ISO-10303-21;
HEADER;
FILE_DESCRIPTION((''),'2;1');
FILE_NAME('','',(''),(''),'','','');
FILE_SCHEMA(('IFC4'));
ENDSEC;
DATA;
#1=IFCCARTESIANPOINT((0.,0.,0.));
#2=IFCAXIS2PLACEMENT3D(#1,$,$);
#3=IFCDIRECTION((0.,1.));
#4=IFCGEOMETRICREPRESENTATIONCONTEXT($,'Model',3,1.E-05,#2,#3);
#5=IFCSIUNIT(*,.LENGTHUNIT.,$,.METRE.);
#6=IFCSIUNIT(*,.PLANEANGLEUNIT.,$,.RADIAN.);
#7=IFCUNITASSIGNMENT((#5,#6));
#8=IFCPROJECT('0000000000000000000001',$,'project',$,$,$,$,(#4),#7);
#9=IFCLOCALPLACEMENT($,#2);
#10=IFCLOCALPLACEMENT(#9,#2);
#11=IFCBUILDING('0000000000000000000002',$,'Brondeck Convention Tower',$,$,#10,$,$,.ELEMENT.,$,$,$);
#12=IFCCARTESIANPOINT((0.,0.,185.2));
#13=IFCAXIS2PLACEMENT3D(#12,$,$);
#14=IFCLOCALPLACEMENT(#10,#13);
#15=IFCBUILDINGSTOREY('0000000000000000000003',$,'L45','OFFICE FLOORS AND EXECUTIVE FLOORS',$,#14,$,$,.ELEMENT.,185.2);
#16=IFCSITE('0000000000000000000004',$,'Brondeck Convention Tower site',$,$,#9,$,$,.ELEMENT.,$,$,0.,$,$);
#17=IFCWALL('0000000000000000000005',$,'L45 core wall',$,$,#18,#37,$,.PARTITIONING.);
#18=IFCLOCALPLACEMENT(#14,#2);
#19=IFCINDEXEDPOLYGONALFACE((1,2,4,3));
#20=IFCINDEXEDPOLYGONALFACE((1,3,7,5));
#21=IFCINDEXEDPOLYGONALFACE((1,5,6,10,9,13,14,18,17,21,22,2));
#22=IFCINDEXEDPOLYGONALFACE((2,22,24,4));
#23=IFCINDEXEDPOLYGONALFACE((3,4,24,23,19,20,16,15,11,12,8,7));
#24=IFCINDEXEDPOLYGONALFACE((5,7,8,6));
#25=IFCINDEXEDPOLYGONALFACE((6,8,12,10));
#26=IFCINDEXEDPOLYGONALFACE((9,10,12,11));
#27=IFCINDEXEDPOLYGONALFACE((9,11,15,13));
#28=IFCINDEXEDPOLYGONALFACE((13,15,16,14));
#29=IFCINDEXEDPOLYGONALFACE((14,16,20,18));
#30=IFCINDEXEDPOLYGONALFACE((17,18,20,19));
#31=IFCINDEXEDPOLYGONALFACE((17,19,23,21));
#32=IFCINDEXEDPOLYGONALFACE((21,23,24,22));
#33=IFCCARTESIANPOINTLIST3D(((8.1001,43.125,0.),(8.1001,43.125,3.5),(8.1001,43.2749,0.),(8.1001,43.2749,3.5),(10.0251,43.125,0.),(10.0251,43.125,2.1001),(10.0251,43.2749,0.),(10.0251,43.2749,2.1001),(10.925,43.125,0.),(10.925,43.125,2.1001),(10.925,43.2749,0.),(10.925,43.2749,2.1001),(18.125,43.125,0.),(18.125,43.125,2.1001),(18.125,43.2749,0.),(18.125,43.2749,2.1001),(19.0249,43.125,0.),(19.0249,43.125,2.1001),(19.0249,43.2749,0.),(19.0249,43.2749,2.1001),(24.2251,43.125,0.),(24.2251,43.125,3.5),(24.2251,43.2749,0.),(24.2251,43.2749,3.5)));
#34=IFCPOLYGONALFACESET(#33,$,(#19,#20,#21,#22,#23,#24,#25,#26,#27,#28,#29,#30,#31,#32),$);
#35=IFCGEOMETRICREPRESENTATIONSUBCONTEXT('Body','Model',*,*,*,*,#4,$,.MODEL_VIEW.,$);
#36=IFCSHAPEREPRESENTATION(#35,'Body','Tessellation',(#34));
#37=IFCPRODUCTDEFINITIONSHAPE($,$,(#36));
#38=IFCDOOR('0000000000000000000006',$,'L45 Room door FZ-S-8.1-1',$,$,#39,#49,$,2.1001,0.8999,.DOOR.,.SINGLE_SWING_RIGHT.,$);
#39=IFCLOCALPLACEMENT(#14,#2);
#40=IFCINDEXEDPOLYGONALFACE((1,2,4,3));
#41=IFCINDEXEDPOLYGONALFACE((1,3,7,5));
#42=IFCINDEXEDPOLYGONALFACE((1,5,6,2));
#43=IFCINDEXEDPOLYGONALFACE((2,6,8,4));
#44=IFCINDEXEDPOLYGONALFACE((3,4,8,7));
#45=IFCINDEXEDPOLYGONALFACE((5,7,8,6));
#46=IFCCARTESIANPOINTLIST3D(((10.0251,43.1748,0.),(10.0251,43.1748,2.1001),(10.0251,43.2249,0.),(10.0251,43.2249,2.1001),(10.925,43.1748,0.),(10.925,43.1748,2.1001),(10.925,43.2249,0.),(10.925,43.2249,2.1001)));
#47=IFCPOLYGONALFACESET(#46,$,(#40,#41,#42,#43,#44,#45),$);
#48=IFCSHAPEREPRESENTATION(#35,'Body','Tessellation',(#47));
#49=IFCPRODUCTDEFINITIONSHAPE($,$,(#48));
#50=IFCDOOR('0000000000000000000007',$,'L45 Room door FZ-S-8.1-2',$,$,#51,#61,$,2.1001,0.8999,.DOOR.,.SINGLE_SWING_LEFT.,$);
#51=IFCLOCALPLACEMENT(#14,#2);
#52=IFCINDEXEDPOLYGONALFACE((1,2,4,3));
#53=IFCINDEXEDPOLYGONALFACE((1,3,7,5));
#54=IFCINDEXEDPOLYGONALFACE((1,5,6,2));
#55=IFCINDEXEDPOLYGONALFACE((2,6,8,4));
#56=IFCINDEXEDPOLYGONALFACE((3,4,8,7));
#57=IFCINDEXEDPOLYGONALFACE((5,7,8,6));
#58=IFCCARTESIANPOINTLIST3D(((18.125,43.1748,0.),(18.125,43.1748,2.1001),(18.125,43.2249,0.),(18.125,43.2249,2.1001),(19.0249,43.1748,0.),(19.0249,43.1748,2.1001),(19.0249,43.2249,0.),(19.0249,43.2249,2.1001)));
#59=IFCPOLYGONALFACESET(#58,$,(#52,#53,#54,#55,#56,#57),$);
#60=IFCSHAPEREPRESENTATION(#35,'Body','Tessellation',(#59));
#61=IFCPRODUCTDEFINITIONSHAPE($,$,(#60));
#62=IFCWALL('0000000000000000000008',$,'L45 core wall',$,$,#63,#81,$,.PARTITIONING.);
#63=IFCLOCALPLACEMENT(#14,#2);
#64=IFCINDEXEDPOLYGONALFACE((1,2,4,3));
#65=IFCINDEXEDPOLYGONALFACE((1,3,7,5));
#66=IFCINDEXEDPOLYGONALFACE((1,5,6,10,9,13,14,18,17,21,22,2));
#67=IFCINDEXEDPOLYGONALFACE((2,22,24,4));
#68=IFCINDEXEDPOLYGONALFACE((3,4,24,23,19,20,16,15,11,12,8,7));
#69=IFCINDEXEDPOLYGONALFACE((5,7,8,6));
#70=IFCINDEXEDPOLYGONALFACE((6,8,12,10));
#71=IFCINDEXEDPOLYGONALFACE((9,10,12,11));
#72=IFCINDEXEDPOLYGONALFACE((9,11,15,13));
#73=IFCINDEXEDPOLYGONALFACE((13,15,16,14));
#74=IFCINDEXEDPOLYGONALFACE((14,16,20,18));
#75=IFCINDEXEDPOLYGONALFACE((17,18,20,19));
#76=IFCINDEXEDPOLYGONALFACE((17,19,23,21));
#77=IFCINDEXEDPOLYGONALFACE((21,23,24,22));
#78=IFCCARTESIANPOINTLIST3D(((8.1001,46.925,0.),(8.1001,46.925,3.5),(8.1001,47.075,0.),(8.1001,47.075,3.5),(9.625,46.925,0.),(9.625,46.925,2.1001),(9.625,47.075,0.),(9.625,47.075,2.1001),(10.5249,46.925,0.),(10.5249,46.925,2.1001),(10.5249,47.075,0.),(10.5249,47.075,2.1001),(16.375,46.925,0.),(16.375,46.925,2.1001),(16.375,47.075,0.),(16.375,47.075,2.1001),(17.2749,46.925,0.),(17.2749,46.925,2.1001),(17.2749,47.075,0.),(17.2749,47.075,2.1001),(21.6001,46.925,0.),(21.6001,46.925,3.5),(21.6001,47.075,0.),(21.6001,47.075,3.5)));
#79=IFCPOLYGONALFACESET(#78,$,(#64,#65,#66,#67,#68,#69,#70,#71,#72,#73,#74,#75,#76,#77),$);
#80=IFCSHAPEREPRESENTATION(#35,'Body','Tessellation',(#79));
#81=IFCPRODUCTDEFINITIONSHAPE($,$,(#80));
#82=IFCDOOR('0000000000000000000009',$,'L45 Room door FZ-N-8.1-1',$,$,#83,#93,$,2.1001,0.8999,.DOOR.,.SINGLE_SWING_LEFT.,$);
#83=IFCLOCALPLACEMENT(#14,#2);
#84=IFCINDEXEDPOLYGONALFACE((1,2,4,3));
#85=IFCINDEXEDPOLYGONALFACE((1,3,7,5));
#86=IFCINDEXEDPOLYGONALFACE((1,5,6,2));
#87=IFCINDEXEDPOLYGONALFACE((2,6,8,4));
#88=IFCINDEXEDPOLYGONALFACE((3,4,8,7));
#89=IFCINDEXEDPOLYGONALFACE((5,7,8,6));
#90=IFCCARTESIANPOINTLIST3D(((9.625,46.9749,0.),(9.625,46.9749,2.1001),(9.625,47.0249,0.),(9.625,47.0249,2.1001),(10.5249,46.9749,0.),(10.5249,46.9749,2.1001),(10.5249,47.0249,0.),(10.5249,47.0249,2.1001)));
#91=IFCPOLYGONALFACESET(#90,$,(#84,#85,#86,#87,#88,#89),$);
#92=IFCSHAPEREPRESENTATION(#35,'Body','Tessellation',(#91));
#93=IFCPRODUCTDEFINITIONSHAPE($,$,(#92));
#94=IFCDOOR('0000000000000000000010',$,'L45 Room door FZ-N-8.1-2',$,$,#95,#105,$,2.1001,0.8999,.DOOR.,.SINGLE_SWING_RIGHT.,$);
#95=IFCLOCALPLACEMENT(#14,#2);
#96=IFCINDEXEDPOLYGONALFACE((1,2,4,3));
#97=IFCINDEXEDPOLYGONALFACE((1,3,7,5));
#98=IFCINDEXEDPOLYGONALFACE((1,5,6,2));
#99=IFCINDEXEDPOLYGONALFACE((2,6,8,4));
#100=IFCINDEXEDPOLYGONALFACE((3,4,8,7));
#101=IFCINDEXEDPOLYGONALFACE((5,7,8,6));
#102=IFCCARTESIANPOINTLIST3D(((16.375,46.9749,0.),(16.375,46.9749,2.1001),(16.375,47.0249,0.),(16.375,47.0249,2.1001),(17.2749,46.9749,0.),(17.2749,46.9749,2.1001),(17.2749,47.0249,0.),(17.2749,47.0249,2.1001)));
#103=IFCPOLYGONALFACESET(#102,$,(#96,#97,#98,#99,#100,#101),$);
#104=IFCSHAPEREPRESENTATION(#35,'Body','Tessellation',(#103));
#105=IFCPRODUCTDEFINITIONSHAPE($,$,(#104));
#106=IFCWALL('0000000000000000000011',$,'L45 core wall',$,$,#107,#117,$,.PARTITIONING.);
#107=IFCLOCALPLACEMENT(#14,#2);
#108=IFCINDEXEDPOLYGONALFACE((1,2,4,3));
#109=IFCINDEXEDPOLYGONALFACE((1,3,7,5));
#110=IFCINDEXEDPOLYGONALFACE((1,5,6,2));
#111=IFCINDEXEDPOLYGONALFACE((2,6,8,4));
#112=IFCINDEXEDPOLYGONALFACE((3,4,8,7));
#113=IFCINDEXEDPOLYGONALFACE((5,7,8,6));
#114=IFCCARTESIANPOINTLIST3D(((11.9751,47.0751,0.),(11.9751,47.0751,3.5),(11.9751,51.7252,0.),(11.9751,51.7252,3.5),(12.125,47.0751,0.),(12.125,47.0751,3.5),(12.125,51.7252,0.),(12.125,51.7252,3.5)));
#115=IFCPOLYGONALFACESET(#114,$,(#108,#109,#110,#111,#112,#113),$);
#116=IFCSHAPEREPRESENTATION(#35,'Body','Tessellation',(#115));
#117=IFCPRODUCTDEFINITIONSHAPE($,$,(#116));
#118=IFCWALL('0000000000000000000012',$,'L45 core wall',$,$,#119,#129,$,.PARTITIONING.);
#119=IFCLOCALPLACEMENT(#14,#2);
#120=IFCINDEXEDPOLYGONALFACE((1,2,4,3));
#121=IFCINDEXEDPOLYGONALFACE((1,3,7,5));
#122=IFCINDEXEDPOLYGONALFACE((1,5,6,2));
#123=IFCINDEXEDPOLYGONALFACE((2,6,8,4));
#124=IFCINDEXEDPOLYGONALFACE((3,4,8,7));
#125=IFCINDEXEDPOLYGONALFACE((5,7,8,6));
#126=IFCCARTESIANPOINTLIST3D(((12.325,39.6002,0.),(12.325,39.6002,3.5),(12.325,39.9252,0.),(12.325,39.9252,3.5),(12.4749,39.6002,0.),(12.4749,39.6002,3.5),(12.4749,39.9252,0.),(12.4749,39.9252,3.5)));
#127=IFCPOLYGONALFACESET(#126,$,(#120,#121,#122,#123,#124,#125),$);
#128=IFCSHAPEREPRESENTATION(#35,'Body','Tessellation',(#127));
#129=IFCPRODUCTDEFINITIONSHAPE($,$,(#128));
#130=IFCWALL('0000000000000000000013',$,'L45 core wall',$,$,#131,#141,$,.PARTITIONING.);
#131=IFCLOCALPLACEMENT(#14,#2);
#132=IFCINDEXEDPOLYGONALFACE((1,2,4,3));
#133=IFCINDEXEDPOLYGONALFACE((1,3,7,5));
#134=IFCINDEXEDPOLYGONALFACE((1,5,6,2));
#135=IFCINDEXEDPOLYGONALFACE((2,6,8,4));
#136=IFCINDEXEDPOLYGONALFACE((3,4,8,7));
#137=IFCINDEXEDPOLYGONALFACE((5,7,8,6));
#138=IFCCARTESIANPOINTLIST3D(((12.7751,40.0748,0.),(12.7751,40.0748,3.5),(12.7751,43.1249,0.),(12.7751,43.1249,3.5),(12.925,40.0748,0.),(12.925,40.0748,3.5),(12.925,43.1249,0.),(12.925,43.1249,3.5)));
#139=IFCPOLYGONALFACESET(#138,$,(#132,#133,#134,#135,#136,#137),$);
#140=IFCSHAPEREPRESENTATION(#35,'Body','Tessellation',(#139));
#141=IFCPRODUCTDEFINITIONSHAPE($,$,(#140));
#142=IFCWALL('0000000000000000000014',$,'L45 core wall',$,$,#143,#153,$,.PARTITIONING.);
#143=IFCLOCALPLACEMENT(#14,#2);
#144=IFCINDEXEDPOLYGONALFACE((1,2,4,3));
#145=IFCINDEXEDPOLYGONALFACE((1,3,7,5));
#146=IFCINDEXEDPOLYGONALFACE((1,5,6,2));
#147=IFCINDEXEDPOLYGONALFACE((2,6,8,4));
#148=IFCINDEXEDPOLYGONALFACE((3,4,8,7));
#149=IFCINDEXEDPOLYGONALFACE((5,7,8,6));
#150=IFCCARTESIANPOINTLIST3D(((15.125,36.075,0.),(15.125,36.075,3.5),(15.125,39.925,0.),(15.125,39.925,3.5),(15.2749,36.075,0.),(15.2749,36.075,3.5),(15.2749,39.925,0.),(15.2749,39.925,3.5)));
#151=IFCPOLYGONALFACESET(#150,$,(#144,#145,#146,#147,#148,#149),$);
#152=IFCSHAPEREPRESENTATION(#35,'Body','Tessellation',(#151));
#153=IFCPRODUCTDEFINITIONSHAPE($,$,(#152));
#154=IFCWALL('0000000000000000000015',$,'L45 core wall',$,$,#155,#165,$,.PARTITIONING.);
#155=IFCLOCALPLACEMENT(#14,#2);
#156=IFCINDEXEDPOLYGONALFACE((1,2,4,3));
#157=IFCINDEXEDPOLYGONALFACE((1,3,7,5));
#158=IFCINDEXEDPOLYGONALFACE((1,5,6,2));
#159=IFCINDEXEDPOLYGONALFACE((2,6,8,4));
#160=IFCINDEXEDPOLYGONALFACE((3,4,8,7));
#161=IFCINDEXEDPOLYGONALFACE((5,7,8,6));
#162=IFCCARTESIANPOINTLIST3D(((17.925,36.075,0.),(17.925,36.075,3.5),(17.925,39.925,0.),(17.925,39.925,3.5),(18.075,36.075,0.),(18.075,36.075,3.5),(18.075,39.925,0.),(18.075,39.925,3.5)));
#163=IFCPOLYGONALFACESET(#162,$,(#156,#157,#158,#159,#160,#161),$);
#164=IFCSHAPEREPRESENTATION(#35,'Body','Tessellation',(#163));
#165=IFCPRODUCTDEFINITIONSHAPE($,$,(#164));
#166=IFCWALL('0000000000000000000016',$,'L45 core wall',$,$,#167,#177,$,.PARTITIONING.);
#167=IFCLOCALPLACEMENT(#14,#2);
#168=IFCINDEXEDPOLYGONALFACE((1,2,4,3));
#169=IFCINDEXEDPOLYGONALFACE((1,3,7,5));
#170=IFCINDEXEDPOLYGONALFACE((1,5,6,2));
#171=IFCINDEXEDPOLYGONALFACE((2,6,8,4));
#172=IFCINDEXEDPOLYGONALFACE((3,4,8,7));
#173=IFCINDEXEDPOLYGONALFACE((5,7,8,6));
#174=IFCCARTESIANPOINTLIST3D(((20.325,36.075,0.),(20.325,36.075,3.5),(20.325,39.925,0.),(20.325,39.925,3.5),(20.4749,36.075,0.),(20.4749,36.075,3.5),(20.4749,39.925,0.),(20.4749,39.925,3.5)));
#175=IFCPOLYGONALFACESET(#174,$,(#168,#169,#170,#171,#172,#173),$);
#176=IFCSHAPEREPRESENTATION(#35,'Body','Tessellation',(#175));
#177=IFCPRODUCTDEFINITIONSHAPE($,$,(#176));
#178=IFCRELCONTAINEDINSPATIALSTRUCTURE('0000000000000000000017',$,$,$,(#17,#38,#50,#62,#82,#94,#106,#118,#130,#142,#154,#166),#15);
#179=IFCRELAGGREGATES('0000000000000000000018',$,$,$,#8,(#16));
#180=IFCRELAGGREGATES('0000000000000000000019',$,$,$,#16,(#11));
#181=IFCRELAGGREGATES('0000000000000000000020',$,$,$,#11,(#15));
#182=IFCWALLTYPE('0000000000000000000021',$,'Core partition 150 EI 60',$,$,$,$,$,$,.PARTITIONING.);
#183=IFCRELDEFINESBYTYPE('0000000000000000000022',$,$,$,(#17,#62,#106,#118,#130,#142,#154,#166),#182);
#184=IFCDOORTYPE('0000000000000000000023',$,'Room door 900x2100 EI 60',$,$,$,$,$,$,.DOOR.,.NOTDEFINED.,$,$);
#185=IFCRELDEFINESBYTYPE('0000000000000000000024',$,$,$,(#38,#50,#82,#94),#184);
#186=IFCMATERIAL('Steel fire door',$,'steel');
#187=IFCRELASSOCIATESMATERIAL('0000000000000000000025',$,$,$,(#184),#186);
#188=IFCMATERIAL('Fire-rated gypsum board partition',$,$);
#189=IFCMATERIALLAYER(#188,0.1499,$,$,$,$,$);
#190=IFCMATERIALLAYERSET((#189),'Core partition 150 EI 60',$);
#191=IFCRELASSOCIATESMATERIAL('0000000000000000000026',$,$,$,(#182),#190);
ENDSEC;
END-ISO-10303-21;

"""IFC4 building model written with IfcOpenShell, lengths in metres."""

from ifc_helpers import new_model, si_unit, direction, frame, frame_2d, origin, place, context, subcontext, project, spatial, rectangle, extrude, material, layer, layer_set, type_object, element, fill, save


model = new_model("IFC4")

# Units and contexts
model_context = context("Model", 3, precision=1e-05, world=origin(), true_north=direction((0.0, 1.0)))
body_context = subcontext(model_context, "Body", "Model", "MODEL_VIEW")
ifc_project = project(units=[si_unit("LENGTHUNIT", "METRE"), si_unit("PLANEANGLEUNIT", "RADIAN")], contexts=[model_context])

# Site, building, storey
site_placement = place(None, origin())
site = spatial("IfcSite", under=ifc_project, at=site_placement, Name="Brondeck Convention Tower site", CompositionType="ELEMENT", RefElevation=0.0)
building_placement = place(site_placement, origin())
building = spatial("IfcBuilding", under=site, at=building_placement, Name="Brondeck Convention Tower", CompositionType="ELEMENT")
storey_placement = place(building_placement, frame((0.0, 0.0, 185.2)))
storey = spatial("IfcBuildingStorey", under=building, at=storey_placement, Name="L45", Description="OFFICE FLOORS AND EXECUTIVE FLOORS", CompositionType="ELEMENT", Elevation=185.2)

# Shared definitions
ifc_material_1 = material(Name="Steel fire door", Category="steel")
door_type_1 = type_object("IfcDoorType", Name="Room door 900x2100 EI 60", OperationType="NOTDEFINED", PredefinedType="DOOR", material=ifc_material_1)

# Shared definitions
ifc_material_2 = material(Name="Fire-rated gypsum board partition")
ifc_layer_1 = layer(ifc_material_2, 0.1499)
ifc_layer_set_1 = layer_set([ifc_layer_1], Name="Core partition 150 EI 60")
wall_type_1 = type_object("IfcWallType", Name="Core partition 150 EI 60", PredefinedType="PARTITIONING", material=ifc_layer_set_1)

# Walls, openings, doors
wall_1_placement = place(storey_placement, frame((8.1001, 43.2, 0.0), z_axis=(0.0, 0.0, 1.0), x_axis=(1.0, 0.0, 0.0)))
wall_1 = element("IfcWall", 1, at=wall_1_placement, inside=storey, type_object=wall_type_1, Name="L45 core wall", PredefinedType="PARTITIONING", context=body_context, shape_type="SweptSolid", body=[
    extrude(rectangle(XDim=16.125, YDim=0.1499, at=frame_2d((8.0625, 0.0))), origin(), (0.0, 0.0, 1.0), 3.5),
])
opening_1_placement = place(wall_1_placement, frame((1.925, 0.0, 0.0)))
opening_1 = element("IfcOpeningElement", 2, at=opening_1_placement, cuts=wall_1, PredefinedType="OPENING", context=body_context, shape_type="SweptSolid", body=[
    extrude(rectangle(XDim=0.8999, YDim=2.1001, at=frame_2d((0.45, 1.05))), frame((0.0, 0.085, 0.0), z_axis=(0.0, -1.0, 0.0), x_axis=(1.0, 0.0, 0.0)), (0.0, 0.0, 1.0), 0.1699),
])
opening_2_placement = place(wall_1_placement, frame((10.0249, 0.0, 0.0)))
opening_2 = element("IfcOpeningElement", 3, at=opening_2_placement, cuts=wall_1, PredefinedType="OPENING", context=body_context, shape_type="SweptSolid", body=[
    extrude(rectangle(XDim=0.8999, YDim=2.1001, at=frame_2d((0.45, 1.05))), frame((0.0, 0.085, 0.0), z_axis=(0.0, -1.0, 0.0), x_axis=(1.0, 0.0, 0.0)), (0.0, 0.0, 1.0), 0.1699),
])
door_1_placement = place(opening_1_placement, origin())
door_1 = element("IfcDoor", 4, at=door_1_placement, inside=storey, type_object=door_type_1, Name="L45 Room door FZ-S-8.1-1", OperationType="SINGLE_SWING_RIGHT", OverallHeight=2.1001, OverallWidth=0.8999, PredefinedType="DOOR", context=body_context, shape_type="SweptSolid", body=[
    extrude(rectangle(XDim=0.8999, YDim=2.1001, at=frame_2d((0.45, 1.05))), frame((0.0, 0.0249, 0.0), z_axis=(0.0, -1.0, 0.0), x_axis=(1.0, 0.0, 0.0)), (0.0, 0.0, 1.0), 0.05),
])
fill(opening_1, door_1)
door_2_placement = place(opening_2_placement, origin())
door_2 = element("IfcDoor", 5, at=door_2_placement, inside=storey, type_object=door_type_1, Name="L45 Room door FZ-S-8.1-2", OperationType="SINGLE_SWING_LEFT", OverallHeight=2.1001, OverallWidth=0.8999, PredefinedType="DOOR", context=body_context, shape_type="SweptSolid", body=[
    extrude(rectangle(XDim=0.8999, YDim=2.1001, at=frame_2d((0.45, 1.05))), frame((0.0, 0.0249, 0.0), z_axis=(0.0, -1.0, 0.0), x_axis=(1.0, 0.0, 0.0)), (0.0, 0.0, 1.0), 0.05),
])
fill(opening_2, door_2)
wall_2_placement = place(storey_placement, frame((8.1001, 47.0, 0.0), z_axis=(0.0, 0.0, 1.0), x_axis=(1.0, 0.0, 0.0)))
wall_2 = element("IfcWall", 6, at=wall_2_placement, inside=storey, type_object=wall_type_1, Name="L45 core wall", PredefinedType="PARTITIONING", context=body_context, shape_type="SweptSolid", body=[
    extrude(rectangle(XDim=13.5, YDim=0.1499, at=frame_2d((6.75, 0.0))), origin(), (0.0, 0.0, 1.0), 3.5),
])
opening_3_placement = place(wall_2_placement, frame((1.5249, 0.0, 0.0)))
opening_3 = element("IfcOpeningElement", 7, at=opening_3_placement, cuts=wall_2, PredefinedType="OPENING", context=body_context, shape_type="SweptSolid", body=[
    extrude(rectangle(XDim=0.8999, YDim=2.1001, at=frame_2d((0.45, 1.05))), frame((0.0, 0.085, 0.0), z_axis=(0.0, -1.0, 0.0), x_axis=(1.0, 0.0, 0.0)), (0.0, 0.0, 1.0), 0.1699),
])
opening_4_placement = place(wall_2_placement, frame((8.2749, 0.0, 0.0)))
opening_4 = element("IfcOpeningElement", 8, at=opening_4_placement, cuts=wall_2, PredefinedType="OPENING", context=body_context, shape_type="SweptSolid", body=[
    extrude(rectangle(XDim=0.8999, YDim=2.1001, at=frame_2d((0.45, 1.05))), frame((0.0, 0.085, 0.0), z_axis=(0.0, -1.0, 0.0), x_axis=(1.0, 0.0, 0.0)), (0.0, 0.0, 1.0), 0.1699),
])
door_3_placement = place(opening_3_placement, origin())
door_3 = element("IfcDoor", 9, at=door_3_placement, inside=storey, type_object=door_type_1, Name="L45 Room door FZ-N-8.1-1", OperationType="SINGLE_SWING_LEFT", OverallHeight=2.1001, OverallWidth=0.8999, PredefinedType="DOOR", context=body_context, shape_type="SweptSolid", body=[
    extrude(rectangle(XDim=0.8999, YDim=2.1001, at=frame_2d((0.45, 1.05))), frame((0.0, 0.0249, 0.0), z_axis=(0.0, -1.0, 0.0), x_axis=(1.0, 0.0, 0.0)), (0.0, 0.0, 1.0), 0.05),
])
fill(opening_3, door_3)
door_4_placement = place(opening_4_placement, origin())
door_4 = element("IfcDoor", 10, at=door_4_placement, inside=storey, type_object=door_type_1, Name="L45 Room door FZ-N-8.1-2", OperationType="SINGLE_SWING_RIGHT", OverallHeight=2.1001, OverallWidth=0.8999, PredefinedType="DOOR", context=body_context, shape_type="SweptSolid", body=[
    extrude(rectangle(XDim=0.8999, YDim=2.1001, at=frame_2d((0.45, 1.05))), frame((0.0, 0.0249, 0.0), z_axis=(0.0, -1.0, 0.0), x_axis=(1.0, 0.0, 0.0)), (0.0, 0.0, 1.0), 0.05),
])
fill(opening_4, door_4)

# Walls
wall_3_placement = place(storey_placement, frame((12.05, 47.075, 0.0), z_axis=(0.0, 0.0, 1.0), x_axis=(0.0, 1.0, 0.0)))
element("IfcWall", 11, at=wall_3_placement, inside=storey, type_object=wall_type_1, Name="L45 core wall", PredefinedType="PARTITIONING", context=body_context, shape_type="SweptSolid", body=[
    extrude(rectangle(XDim=4.6501, YDim=0.1499, at=frame_2d((2.3252, 0.0))), origin(), (0.0, 0.0, 1.0), 3.5),
])
wall_4_placement = place(storey_placement, frame((12.3999, 39.6001, 0.0), z_axis=(0.0, 0.0, 1.0), x_axis=(0.0, 1.0, 0.0)))
element("IfcWall", 12, at=wall_4_placement, inside=storey, type_object=wall_type_1, Name="L45 core wall", PredefinedType="PARTITIONING", context=body_context, shape_type="SweptSolid", body=[
    extrude(rectangle(XDim=0.325, YDim=0.1499, at=frame_2d((0.1626, 0.0))), origin(), (0.0, 0.0, 1.0), 3.5),
])
wall_5_placement = place(storey_placement, frame((12.8501, 40.075, 0.0), z_axis=(0.0, 0.0, 1.0), x_axis=(0.0, 1.0, 0.0)))
element("IfcWall", 13, at=wall_5_placement, inside=storey, type_object=wall_type_1, Name="L45 core wall", PredefinedType="PARTITIONING", context=body_context, shape_type="SweptSolid", body=[
    extrude(rectangle(XDim=3.05, YDim=0.1499, at=frame_2d((1.5249, 0.0))), origin(), (0.0, 0.0, 1.0), 3.5),
])
for number, where, z_axis, x_axis, name in (
    (14, (15.2, 36.075, 0.0), (0.0, 0.0, 1.0), (0.0, 1.0, 0.0), "L45 core wall"),
    (15, (18.0, 36.075, 0.0), (0.0, 0.0, 1.0), (0.0, 1.0, 0.0), "L45 core wall"),
    (16, (20.3999, 36.075, 0.0), (0.0, 0.0, 1.0), (0.0, 1.0, 0.0), "L45 core wall"),
):
    element("IfcWall", number, at=place(storey_placement, frame(where, z_axis=z_axis, x_axis=x_axis)), inside=storey, type_object=wall_type_1, Name=name, PredefinedType="PARTITIONING", context=body_context, shape_type="SweptSolid", body=[
        extrude(rectangle(XDim=3.8501, YDim=0.1499, at=frame_2d((1.925, 0.0))), origin(), (0.0, 0.0, 1.0), 3.5),
    ])

save(model, "model.ifc")
